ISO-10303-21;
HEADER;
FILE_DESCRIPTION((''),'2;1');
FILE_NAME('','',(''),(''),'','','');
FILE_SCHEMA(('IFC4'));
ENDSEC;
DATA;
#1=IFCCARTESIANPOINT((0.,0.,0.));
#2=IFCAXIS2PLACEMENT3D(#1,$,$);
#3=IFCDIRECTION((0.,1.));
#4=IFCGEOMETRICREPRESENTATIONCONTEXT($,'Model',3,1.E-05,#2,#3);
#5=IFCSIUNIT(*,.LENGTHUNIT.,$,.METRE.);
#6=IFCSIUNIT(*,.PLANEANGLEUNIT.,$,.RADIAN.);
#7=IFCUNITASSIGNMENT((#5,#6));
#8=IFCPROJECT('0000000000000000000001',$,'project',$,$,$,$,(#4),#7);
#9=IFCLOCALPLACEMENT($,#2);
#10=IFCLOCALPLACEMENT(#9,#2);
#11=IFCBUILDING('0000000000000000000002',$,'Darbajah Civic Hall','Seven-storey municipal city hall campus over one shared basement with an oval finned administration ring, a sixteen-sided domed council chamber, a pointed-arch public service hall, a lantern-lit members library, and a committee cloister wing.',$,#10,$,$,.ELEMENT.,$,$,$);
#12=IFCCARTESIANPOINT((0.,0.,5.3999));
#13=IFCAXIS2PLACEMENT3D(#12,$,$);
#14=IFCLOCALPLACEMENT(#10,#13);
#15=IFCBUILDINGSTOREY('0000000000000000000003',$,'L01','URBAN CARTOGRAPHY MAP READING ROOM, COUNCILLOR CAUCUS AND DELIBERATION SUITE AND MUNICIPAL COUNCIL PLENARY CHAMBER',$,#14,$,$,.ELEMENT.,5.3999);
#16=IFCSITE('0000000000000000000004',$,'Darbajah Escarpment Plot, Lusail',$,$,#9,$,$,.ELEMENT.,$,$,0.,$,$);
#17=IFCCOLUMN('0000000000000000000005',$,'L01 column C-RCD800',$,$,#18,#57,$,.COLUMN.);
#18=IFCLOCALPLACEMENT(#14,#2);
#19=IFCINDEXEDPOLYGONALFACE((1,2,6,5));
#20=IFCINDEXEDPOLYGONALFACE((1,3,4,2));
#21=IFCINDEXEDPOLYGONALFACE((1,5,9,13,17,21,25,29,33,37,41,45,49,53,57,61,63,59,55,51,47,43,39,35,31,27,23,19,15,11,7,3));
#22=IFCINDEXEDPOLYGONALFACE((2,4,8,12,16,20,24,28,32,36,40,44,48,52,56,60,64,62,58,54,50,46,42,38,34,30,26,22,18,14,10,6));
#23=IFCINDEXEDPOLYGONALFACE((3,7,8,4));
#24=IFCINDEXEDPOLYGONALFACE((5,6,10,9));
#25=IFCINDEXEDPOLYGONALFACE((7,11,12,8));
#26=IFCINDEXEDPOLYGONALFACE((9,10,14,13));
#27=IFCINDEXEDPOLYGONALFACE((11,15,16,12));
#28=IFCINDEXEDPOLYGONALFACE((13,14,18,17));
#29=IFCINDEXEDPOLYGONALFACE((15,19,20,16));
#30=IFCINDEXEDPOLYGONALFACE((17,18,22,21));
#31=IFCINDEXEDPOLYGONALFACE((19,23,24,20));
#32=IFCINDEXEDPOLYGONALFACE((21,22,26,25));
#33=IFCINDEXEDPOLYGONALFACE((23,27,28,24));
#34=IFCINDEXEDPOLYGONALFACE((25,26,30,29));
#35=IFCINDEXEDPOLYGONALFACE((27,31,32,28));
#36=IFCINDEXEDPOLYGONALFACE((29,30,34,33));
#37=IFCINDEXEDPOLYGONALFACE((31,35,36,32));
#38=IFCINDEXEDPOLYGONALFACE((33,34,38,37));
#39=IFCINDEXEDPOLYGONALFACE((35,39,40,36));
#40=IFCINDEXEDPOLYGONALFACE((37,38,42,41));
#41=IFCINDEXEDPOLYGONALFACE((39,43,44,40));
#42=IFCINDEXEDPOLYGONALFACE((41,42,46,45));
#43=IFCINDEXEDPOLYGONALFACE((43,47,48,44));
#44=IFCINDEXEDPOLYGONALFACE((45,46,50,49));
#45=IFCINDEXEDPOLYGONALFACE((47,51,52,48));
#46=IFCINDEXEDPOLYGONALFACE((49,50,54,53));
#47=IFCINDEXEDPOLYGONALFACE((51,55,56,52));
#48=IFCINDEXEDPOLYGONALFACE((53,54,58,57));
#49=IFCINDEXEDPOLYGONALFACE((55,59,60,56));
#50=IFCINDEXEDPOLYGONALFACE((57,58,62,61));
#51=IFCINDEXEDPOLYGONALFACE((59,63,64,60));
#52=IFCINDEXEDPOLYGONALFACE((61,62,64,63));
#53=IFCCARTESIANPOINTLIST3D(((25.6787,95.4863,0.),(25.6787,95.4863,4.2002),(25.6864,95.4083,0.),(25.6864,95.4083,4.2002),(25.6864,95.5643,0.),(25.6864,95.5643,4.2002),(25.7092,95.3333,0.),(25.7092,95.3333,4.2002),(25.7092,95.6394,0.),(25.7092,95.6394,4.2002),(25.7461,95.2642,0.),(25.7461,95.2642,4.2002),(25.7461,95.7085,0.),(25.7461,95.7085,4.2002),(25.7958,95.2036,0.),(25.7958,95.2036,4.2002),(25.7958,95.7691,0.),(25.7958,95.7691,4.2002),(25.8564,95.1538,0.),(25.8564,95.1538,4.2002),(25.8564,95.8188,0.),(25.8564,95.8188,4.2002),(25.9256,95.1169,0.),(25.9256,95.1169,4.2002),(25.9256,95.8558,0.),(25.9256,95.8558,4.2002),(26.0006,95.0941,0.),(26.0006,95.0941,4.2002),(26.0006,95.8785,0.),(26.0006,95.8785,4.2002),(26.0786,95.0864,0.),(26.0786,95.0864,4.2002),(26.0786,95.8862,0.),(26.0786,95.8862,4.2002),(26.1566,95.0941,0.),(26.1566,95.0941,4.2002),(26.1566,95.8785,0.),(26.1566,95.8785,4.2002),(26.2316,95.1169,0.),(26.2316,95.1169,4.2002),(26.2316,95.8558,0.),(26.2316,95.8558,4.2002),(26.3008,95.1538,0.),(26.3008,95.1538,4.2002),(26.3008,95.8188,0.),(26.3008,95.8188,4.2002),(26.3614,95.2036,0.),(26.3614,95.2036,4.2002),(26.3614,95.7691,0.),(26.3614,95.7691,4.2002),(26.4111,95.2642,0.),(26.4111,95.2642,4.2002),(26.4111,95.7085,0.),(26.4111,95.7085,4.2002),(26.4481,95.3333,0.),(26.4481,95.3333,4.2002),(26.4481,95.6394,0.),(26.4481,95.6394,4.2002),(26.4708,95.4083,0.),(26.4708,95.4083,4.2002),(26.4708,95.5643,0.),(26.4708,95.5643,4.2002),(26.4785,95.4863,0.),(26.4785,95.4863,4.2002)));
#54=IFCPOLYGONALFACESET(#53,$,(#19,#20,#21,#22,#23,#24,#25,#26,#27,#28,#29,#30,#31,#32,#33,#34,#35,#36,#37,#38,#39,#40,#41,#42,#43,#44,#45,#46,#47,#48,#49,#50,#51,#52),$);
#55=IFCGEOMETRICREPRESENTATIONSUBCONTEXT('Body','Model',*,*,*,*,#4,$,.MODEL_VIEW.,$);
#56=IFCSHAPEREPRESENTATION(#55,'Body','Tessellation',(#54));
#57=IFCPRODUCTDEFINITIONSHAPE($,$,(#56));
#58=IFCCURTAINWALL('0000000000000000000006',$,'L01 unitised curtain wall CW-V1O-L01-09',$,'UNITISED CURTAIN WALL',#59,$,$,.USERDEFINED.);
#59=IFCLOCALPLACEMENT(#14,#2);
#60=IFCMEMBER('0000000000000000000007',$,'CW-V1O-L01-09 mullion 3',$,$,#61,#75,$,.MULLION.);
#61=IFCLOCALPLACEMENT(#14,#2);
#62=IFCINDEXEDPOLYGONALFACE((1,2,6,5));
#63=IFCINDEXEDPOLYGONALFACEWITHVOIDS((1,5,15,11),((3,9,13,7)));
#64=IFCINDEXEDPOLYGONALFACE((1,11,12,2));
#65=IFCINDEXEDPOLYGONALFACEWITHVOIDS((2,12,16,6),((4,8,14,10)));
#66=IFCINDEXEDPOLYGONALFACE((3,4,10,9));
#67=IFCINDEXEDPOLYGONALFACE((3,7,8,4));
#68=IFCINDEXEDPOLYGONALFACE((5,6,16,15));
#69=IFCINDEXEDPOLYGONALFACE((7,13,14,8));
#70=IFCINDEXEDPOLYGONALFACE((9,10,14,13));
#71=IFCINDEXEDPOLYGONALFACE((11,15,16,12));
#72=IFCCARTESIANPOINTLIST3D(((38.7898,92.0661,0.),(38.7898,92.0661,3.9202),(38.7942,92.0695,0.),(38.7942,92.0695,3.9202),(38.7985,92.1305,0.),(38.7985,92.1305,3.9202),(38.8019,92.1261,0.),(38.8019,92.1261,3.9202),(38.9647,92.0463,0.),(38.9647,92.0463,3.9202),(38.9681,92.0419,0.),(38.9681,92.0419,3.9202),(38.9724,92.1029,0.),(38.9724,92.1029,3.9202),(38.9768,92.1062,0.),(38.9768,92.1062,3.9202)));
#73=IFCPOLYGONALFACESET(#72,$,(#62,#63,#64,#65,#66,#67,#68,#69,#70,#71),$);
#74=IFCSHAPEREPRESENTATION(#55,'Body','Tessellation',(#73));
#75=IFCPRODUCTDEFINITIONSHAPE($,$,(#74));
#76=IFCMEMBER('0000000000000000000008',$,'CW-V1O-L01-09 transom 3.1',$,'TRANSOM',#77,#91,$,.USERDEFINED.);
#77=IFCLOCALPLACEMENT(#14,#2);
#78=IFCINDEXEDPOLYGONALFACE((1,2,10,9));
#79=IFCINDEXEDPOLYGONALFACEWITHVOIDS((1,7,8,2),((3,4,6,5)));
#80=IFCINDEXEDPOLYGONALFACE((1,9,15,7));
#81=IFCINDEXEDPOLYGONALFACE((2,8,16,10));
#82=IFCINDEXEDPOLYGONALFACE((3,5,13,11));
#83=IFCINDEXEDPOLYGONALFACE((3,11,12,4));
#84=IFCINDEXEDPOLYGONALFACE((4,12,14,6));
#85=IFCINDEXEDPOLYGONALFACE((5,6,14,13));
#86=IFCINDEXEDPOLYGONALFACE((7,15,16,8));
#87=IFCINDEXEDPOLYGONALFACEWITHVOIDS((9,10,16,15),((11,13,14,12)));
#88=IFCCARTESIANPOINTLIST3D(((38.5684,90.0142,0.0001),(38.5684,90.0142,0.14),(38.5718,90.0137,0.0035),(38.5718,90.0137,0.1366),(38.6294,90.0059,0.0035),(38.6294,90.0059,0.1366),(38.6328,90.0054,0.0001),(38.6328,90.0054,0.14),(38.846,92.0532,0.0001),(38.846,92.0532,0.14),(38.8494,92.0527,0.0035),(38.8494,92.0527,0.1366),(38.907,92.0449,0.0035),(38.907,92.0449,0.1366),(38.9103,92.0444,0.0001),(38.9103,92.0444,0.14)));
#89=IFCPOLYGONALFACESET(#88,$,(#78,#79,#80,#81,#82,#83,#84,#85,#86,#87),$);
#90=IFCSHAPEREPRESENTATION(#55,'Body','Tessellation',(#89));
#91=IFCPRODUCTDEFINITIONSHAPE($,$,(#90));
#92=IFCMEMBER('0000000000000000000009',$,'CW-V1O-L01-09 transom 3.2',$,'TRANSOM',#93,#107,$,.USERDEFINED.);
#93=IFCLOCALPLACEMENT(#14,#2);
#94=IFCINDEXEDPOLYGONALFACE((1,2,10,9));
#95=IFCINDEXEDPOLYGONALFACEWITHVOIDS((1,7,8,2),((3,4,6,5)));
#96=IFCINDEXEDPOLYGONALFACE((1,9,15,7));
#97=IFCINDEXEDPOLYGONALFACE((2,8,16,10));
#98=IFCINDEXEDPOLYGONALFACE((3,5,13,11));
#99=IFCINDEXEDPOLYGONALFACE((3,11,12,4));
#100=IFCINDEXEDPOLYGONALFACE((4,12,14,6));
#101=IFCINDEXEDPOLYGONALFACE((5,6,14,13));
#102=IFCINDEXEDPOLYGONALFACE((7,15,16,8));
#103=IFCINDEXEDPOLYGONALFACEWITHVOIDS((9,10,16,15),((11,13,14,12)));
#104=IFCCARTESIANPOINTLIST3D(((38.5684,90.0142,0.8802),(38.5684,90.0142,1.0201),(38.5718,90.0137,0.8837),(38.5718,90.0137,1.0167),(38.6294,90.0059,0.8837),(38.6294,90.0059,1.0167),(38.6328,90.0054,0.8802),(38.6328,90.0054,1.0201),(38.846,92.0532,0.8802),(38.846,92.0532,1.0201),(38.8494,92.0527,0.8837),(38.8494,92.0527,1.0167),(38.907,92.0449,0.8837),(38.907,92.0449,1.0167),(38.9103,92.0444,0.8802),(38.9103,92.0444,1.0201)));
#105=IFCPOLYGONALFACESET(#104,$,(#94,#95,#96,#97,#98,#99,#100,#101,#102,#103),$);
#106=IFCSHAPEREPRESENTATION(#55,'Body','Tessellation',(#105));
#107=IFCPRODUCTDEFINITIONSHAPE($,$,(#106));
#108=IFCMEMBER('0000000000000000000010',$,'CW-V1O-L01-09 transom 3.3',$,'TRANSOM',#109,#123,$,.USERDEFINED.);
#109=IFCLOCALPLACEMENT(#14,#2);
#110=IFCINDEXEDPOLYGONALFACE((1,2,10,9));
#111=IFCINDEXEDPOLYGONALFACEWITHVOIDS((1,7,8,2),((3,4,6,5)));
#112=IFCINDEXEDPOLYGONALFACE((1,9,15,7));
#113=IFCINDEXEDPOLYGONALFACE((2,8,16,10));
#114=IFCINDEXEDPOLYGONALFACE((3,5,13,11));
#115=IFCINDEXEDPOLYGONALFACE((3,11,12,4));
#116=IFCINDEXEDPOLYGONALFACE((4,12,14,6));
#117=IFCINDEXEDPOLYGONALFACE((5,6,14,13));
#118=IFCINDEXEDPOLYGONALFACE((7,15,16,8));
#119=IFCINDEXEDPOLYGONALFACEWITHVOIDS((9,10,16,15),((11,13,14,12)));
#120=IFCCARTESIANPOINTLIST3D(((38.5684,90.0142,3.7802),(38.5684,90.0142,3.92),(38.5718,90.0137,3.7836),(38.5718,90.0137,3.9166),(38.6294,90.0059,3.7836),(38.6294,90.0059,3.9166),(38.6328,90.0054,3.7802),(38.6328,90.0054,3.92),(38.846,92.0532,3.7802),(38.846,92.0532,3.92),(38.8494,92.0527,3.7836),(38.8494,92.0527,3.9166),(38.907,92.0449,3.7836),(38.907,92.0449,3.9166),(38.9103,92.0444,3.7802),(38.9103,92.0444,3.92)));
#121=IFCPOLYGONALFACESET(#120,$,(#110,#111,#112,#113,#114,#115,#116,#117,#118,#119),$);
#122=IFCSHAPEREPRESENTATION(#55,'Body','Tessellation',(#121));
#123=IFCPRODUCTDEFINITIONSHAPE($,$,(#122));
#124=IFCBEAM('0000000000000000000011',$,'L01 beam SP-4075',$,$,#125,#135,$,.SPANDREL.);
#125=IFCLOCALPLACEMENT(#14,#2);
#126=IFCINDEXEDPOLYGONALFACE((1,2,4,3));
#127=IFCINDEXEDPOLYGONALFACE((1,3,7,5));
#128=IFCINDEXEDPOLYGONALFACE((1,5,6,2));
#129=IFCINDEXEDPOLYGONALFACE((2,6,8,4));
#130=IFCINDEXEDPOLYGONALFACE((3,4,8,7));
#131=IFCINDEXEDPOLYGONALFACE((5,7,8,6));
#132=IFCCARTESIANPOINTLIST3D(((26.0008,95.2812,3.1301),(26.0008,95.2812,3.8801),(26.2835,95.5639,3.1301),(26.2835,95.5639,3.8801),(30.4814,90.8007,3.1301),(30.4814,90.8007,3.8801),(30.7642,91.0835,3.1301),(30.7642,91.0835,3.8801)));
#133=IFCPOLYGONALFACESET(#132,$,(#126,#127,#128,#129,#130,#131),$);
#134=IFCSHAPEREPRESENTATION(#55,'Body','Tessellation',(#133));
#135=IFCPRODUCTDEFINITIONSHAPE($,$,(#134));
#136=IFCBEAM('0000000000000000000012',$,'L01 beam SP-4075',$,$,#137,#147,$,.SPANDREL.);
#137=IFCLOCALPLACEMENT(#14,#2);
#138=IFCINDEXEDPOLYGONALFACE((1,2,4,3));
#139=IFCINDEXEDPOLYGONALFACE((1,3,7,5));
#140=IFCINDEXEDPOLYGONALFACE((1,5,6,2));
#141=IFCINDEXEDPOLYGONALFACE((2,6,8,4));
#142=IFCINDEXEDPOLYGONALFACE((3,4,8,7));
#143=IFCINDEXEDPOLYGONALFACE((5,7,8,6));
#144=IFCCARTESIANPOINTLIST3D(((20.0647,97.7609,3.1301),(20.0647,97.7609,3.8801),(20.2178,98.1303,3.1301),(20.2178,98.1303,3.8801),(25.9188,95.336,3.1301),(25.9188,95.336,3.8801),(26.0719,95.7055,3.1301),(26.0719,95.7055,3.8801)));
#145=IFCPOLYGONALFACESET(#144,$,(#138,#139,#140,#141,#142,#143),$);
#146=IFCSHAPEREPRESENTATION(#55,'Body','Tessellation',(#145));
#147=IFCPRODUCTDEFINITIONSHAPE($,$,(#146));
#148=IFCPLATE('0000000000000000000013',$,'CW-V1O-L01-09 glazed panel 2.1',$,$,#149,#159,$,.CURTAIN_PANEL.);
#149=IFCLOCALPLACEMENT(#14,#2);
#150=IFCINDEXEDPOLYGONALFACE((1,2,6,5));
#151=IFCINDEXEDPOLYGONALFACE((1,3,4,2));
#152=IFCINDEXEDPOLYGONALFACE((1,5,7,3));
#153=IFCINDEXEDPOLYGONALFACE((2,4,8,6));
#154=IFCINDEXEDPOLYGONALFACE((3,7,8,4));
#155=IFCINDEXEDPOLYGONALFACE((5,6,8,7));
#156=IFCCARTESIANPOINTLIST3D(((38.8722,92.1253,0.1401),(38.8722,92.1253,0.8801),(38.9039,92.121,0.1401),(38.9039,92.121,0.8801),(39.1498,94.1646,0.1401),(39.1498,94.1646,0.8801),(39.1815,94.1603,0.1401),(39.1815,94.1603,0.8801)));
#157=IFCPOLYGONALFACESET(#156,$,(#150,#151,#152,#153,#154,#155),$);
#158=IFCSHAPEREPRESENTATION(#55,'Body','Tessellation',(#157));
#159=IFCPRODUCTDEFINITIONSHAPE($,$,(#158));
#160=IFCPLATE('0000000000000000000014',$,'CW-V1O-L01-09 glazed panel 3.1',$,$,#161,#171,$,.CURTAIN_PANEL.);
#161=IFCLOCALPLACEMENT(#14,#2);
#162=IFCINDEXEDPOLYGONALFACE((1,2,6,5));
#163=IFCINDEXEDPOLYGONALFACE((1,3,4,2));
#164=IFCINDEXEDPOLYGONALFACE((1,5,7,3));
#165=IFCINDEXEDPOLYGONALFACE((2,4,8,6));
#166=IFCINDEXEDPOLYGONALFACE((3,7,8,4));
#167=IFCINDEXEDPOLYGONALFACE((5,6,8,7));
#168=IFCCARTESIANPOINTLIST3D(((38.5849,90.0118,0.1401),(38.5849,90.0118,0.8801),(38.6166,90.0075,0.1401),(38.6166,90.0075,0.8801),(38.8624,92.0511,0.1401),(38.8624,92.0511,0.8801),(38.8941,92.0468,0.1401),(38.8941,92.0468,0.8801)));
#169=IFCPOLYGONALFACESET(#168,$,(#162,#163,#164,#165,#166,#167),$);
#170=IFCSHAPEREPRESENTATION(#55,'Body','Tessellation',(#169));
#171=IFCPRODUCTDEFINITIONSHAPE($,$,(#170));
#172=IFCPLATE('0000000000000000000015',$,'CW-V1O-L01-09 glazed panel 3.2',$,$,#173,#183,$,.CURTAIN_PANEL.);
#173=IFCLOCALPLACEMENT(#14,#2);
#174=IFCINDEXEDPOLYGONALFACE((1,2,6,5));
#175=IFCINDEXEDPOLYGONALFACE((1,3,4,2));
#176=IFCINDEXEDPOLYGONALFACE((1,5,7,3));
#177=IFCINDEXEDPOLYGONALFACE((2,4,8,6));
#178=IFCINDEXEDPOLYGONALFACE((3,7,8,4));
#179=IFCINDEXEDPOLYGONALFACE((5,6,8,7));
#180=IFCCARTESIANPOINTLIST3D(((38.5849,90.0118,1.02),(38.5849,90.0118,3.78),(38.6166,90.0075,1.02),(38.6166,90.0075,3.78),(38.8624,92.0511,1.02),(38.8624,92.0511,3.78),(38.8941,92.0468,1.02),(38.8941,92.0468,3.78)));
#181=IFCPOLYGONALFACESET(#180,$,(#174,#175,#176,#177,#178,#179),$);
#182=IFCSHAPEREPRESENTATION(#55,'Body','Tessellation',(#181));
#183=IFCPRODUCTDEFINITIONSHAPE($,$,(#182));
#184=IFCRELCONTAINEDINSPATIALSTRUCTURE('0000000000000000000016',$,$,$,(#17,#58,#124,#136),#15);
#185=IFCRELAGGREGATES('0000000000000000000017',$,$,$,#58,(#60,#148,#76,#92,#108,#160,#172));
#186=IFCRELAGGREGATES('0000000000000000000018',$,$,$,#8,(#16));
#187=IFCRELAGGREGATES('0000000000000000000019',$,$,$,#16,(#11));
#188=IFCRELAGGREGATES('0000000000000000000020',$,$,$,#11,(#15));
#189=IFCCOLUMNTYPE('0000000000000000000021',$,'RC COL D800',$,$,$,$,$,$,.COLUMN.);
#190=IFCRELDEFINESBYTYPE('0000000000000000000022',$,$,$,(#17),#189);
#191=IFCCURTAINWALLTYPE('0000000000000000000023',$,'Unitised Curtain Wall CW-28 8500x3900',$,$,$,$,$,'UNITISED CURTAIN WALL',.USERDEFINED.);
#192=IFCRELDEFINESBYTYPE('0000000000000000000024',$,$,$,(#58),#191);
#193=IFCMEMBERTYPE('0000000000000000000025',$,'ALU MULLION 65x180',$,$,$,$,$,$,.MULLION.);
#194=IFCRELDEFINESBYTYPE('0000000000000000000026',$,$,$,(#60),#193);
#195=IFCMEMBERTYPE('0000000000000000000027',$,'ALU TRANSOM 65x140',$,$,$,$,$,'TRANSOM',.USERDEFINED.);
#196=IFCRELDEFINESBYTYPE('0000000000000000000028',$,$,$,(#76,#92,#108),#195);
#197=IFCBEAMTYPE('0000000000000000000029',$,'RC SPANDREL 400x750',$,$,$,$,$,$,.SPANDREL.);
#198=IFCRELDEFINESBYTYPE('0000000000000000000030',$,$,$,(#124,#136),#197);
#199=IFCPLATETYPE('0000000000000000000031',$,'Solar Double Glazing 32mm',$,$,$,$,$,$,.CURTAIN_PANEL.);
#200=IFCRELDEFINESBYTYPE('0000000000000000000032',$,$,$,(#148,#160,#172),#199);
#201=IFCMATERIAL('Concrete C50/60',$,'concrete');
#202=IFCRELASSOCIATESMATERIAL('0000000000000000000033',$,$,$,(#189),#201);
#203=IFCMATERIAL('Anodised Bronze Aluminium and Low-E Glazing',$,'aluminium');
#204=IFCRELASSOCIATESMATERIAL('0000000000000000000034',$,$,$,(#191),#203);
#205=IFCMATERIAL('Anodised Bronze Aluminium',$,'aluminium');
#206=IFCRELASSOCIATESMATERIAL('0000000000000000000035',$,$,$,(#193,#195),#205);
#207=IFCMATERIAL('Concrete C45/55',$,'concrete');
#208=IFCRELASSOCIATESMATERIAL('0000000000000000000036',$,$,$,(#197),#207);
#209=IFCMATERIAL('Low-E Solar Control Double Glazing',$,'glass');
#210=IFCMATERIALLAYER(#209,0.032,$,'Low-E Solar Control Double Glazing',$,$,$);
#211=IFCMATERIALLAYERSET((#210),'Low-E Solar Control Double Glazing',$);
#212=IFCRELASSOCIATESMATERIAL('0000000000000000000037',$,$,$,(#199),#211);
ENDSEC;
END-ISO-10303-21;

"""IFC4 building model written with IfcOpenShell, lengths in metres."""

from ifc_helpers import new_model, si_unit, direction, frame, origin, origin_2d, place, context, subcontext, project, spatial, rectangle, hollow_rectangle, circle, extrude, material, layer, layer_set, material_profile, profile_set, type_object, element, aggregate, save


model = new_model("IFC4")

# Units and contexts
model_context = context("Model", 3, precision=1e-05, world=origin(), true_north=direction((0.0, 1.0)))
body_context = subcontext(model_context, "Body", "Model", "MODEL_VIEW")
ifc_project = project(units=[si_unit("LENGTHUNIT", "METRE"), si_unit("PLANEANGLEUNIT", "RADIAN")], contexts=[model_context])

# Site, building, storey
site_placement = place(None, origin())
site = spatial("IfcSite", under=ifc_project, at=site_placement, Name="Darbajah Escarpment Plot, Lusail", CompositionType="ELEMENT", RefElevation=0.0)
building_placement = place(site_placement, origin())
building = spatial("IfcBuilding", under=site, at=building_placement, Name="Darbajah Civic Hall", Description="Seven-storey municipal city hall campus over one shared basement with an oval finned administration ring, a sixteen-sided domed council chamber, a pointed-arch public service hall, a lantern-lit members library, and a committee cloister wing.", CompositionType="ELEMENT")
storey_placement = place(building_placement, frame((0.0, 0.0, 5.3999)))
storey = spatial("IfcBuildingStorey", under=building, at=storey_placement, Name="L01", Description="URBAN CARTOGRAPHY MAP READING ROOM, COUNCILLOR CAUCUS AND DELIBERATION SUITE AND MUNICIPAL COUNCIL PLENARY CHAMBER", CompositionType="ELEMENT", Elevation=5.3999)

# Column
ifc_material_1 = material(Name="Concrete C50/60", Category="concrete")
ifc_material_profile_1 = material_profile(ifc_material_1, circle(Radius=0.3999, at=origin_2d()), Name="RC COL D800")
ifc_profile_set_1 = profile_set([ifc_material_profile_1], Name="Concrete C50/60")
column_type = type_object("IfcColumnType", Name="RC COL D800", PredefinedType="COLUMN", material=ifc_profile_set_1)
column_placement = place(storey_placement, frame((26.0786, 95.4863, 0.0), z_axis=(0.0, 0.0, 1.0), x_axis=(1.0, 0.0, 0.0)))
element("IfcColumn", 1, at=column_placement, inside=storey, type_object=column_type, Name="L01 column C-RCD800", PredefinedType="COLUMN", context=body_context, shape_type="SweptSolid", body=[
    extrude(circle(Radius=0.3999, at=origin_2d()), origin(), (0.0, 0.0, 1.0), 4.2002),
])

# Curtain wall, members
ifc_material_2 = material(Name="Anodised Bronze Aluminium and Low-E Glazing", Category="aluminium")
curtain_wall_type = type_object("IfcCurtainWallType", Name="Unitised Curtain Wall CW-28 8500x3900", ElementType="UNITISED CURTAIN WALL", PredefinedType="USERDEFINED", material=ifc_material_2)
curtain_wall_placement = place(storey_placement, origin())
curtain_wall = element("IfcCurtainWall", 2, at=curtain_wall_placement, inside=storey, type_object=curtain_wall_type, Name="L01 unitised curtain wall CW-V1O-L01-09", ObjectType="UNITISED CURTAIN WALL", PredefinedType="USERDEFINED")
ifc_material_3 = material(Name="Anodised Bronze Aluminium", Category="aluminium")
ifc_material_profile_2 = material_profile(ifc_material_3, hollow_rectangle(XDim=0.0649, YDim=0.1799, WallThickness=0.0039, at=origin_2d()), Name="ALU MULLION 65x180")
ifc_profile_set_2 = profile_set([ifc_material_profile_2], Name="Anodised Bronze Aluminium")
member_type_1 = type_object("IfcMemberType", Name="ALU MULLION 65x180", PredefinedType="MULLION", material=ifc_profile_set_2)
member_1_placement = place(storey_placement, frame((38.8833, 92.0862, 0.0), z_axis=(0.0, 0.0, 1.0), x_axis=(-0.134851, -0.990866, 0.0)))
member_1 = element("IfcMember", 3, at=member_1_placement, type_object=member_type_1, Name="CW-V1O-L01-09 mullion 3", PredefinedType="MULLION", context=body_context, shape_type="SweptSolid", body=[
    extrude(hollow_rectangle(XDim=0.0649, YDim=0.1799, WallThickness=0.0039, at=origin_2d()), origin(), (0.0, 0.0, 1.0), 3.9202),
])
ifc_material_profile_3 = material_profile(ifc_material_3, hollow_rectangle(XDim=0.0649, YDim=0.1399, WallThickness=0.0034, at=origin_2d()), Name="ALU TRANSOM 65x140")
ifc_profile_set_3 = profile_set([ifc_material_profile_3], Name="Anodised Bronze Aluminium")
member_type_2 = type_object("IfcMemberType", Name="ALU TRANSOM 65x140", ElementType="TRANSOM", PredefinedType="USERDEFINED", material=ifc_profile_set_3)
member_2_placement = place(storey_placement, frame((38.8782, 92.0488, 0.0701), z_axis=(-0.134891, -0.99086, 0.0), x_axis=(0.99086, -0.134891, 0.0)))
member_2 = element("IfcMember", 4, at=member_2_placement, type_object=member_type_2, Name="CW-V1O-L01-09 transom 3.1", ObjectType="TRANSOM", PredefinedType="USERDEFINED", context=body_context, shape_type="SweptSolid", body=[
    extrude(hollow_rectangle(XDim=0.0649, YDim=0.1399, WallThickness=0.0034, at=origin_2d()), origin(), (0.0, 0.0, 1.0), 2.0579),
])
member_3_placement = place(storey_placement, frame((38.8782, 92.0488, 0.9502), z_axis=(-0.134891, -0.99086, 0.0), x_axis=(0.99086, -0.134891, 0.0)))
member_3 = element("IfcMember", 5, at=member_3_placement, type_object=member_type_2, Name="CW-V1O-L01-09 transom 3.2", ObjectType="TRANSOM", PredefinedType="USERDEFINED", context=body_context, shape_type="SweptSolid", body=[
    extrude(hollow_rectangle(XDim=0.0649, YDim=0.1399, WallThickness=0.0034, at=origin_2d()), origin(), (0.0, 0.0, 1.0), 2.0579),
])
member_4_placement = place(storey_placement, frame((38.8782, 92.0488, 3.8501), z_axis=(-0.134891, -0.99086, 0.0), x_axis=(0.99086, -0.134891, 0.0)))
member_4 = element("IfcMember", 6, at=member_4_placement, type_object=member_type_2, Name="CW-V1O-L01-09 transom 3.3", ObjectType="TRANSOM", PredefinedType="USERDEFINED", context=body_context, shape_type="SweptSolid", body=[
    extrude(hollow_rectangle(XDim=0.0649, YDim=0.1399, WallThickness=0.0034, at=origin_2d()), origin(), (0.0, 0.0, 1.0), 2.0579),
])

# Beams
ifc_material_4 = material(Name="Concrete C45/55", Category="concrete")
ifc_material_profile_4 = material_profile(ifc_material_4, rectangle(XDim=0.3999, YDim=0.75, at=origin_2d()), Name="RC SPANDREL 400x750")
ifc_profile_set_4 = profile_set([ifc_material_profile_4], Name="Concrete C45/55")
beam_type = type_object("IfcBeamType", Name="RC SPANDREL 400x750", PredefinedType="SPANDREL", material=ifc_profile_set_4)
for number, where, z_axis, x_axis, name in (
    (7, (30.6228, 90.9421, 3.5051), (-0.707126, 0.707088, 0.0), (-0.707088, -0.707126, 0.0), "L01 beam SP-4075"),
    (8, (25.9954, 95.5208, 3.5051), (-0.92388, 0.382683, 0.0), (-0.382683, -0.92388, 0.0), "L01 beam SP-4075"),
):
    element("IfcBeam", number, at=place(storey_placement, frame(where, z_axis=z_axis, x_axis=x_axis)), inside=storey, type_object=beam_type, Name=name, PredefinedType="SPANDREL", context=body_context, shape_type="SweptSolid", body=[
        extrude(rectangle(XDim=0.3999, YDim=0.75, at=origin_2d()), origin(), (0.0, 0.0, 1.0), 6.3364),
    ])

# Plates
ifc_material_5 = material(Name="Low-E Solar Control Double Glazing", Category="glass")
ifc_layer_1 = layer(ifc_material_5, 0.032, Name="Low-E Solar Control Double Glazing")
ifc_layer_set_1 = layer_set([ifc_layer_1], Name="Low-E Solar Control Double Glazing")
plate_type = type_object("IfcPlateType", Name="Solar Double Glazing 32mm", PredefinedType="CURTAIN_PANEL", material=ifc_layer_set_1)
plate_1_placement = place(storey_placement, frame((39.0269, 93.1428, 0.1401), z_axis=(0.0, 0.0, 1.0), x_axis=(-0.134851, -0.990866, 0.0)))
plate_1 = element("IfcPlate", 9, at=plate_1_placement, type_object=plate_type, Name="CW-V1O-L01-09 glazed panel 2.1", PredefinedType="CURTAIN_PANEL", context=body_context, shape_type="SweptSolid", body=[
    extrude(rectangle(XDim=2.0581, YDim=0.032, at=origin_2d()), origin(), (0.0, 0.0, 1.0), 0.74),
])
plate_2_placement = place(storey_placement, frame((38.7395, 91.0293, 0.1401), z_axis=(0.0, 0.0, 1.0), x_axis=(-0.134851, -0.990866, 0.0)))
plate_2 = element("IfcPlate", 10, at=plate_2_placement, type_object=plate_type, Name="CW-V1O-L01-09 glazed panel 3.1", PredefinedType="CURTAIN_PANEL", context=body_context, shape_type="SweptSolid", body=[
    extrude(rectangle(XDim=2.0581, YDim=0.032, at=origin_2d()), origin(), (0.0, 0.0, 1.0), 0.74),
])
plate_3_placement = place(storey_placement, frame((38.7395, 91.0293, 1.02), z_axis=(0.0, 0.0, 1.0), x_axis=(-0.134851, -0.990866, 0.0)))
plate_3 = element("IfcPlate", 11, at=plate_3_placement, type_object=plate_type, Name="CW-V1O-L01-09 glazed panel 3.2", PredefinedType="CURTAIN_PANEL", context=body_context, shape_type="SweptSolid", body=[
    extrude(rectangle(XDim=2.0581, YDim=0.032, at=origin_2d()), origin(), (0.0, 0.0, 1.0), 2.76),
])
aggregate(curtain_wall, [member_1, plate_1, member_2, member_3, member_4, plate_2, plate_3])

save(model, "model.ifc")
